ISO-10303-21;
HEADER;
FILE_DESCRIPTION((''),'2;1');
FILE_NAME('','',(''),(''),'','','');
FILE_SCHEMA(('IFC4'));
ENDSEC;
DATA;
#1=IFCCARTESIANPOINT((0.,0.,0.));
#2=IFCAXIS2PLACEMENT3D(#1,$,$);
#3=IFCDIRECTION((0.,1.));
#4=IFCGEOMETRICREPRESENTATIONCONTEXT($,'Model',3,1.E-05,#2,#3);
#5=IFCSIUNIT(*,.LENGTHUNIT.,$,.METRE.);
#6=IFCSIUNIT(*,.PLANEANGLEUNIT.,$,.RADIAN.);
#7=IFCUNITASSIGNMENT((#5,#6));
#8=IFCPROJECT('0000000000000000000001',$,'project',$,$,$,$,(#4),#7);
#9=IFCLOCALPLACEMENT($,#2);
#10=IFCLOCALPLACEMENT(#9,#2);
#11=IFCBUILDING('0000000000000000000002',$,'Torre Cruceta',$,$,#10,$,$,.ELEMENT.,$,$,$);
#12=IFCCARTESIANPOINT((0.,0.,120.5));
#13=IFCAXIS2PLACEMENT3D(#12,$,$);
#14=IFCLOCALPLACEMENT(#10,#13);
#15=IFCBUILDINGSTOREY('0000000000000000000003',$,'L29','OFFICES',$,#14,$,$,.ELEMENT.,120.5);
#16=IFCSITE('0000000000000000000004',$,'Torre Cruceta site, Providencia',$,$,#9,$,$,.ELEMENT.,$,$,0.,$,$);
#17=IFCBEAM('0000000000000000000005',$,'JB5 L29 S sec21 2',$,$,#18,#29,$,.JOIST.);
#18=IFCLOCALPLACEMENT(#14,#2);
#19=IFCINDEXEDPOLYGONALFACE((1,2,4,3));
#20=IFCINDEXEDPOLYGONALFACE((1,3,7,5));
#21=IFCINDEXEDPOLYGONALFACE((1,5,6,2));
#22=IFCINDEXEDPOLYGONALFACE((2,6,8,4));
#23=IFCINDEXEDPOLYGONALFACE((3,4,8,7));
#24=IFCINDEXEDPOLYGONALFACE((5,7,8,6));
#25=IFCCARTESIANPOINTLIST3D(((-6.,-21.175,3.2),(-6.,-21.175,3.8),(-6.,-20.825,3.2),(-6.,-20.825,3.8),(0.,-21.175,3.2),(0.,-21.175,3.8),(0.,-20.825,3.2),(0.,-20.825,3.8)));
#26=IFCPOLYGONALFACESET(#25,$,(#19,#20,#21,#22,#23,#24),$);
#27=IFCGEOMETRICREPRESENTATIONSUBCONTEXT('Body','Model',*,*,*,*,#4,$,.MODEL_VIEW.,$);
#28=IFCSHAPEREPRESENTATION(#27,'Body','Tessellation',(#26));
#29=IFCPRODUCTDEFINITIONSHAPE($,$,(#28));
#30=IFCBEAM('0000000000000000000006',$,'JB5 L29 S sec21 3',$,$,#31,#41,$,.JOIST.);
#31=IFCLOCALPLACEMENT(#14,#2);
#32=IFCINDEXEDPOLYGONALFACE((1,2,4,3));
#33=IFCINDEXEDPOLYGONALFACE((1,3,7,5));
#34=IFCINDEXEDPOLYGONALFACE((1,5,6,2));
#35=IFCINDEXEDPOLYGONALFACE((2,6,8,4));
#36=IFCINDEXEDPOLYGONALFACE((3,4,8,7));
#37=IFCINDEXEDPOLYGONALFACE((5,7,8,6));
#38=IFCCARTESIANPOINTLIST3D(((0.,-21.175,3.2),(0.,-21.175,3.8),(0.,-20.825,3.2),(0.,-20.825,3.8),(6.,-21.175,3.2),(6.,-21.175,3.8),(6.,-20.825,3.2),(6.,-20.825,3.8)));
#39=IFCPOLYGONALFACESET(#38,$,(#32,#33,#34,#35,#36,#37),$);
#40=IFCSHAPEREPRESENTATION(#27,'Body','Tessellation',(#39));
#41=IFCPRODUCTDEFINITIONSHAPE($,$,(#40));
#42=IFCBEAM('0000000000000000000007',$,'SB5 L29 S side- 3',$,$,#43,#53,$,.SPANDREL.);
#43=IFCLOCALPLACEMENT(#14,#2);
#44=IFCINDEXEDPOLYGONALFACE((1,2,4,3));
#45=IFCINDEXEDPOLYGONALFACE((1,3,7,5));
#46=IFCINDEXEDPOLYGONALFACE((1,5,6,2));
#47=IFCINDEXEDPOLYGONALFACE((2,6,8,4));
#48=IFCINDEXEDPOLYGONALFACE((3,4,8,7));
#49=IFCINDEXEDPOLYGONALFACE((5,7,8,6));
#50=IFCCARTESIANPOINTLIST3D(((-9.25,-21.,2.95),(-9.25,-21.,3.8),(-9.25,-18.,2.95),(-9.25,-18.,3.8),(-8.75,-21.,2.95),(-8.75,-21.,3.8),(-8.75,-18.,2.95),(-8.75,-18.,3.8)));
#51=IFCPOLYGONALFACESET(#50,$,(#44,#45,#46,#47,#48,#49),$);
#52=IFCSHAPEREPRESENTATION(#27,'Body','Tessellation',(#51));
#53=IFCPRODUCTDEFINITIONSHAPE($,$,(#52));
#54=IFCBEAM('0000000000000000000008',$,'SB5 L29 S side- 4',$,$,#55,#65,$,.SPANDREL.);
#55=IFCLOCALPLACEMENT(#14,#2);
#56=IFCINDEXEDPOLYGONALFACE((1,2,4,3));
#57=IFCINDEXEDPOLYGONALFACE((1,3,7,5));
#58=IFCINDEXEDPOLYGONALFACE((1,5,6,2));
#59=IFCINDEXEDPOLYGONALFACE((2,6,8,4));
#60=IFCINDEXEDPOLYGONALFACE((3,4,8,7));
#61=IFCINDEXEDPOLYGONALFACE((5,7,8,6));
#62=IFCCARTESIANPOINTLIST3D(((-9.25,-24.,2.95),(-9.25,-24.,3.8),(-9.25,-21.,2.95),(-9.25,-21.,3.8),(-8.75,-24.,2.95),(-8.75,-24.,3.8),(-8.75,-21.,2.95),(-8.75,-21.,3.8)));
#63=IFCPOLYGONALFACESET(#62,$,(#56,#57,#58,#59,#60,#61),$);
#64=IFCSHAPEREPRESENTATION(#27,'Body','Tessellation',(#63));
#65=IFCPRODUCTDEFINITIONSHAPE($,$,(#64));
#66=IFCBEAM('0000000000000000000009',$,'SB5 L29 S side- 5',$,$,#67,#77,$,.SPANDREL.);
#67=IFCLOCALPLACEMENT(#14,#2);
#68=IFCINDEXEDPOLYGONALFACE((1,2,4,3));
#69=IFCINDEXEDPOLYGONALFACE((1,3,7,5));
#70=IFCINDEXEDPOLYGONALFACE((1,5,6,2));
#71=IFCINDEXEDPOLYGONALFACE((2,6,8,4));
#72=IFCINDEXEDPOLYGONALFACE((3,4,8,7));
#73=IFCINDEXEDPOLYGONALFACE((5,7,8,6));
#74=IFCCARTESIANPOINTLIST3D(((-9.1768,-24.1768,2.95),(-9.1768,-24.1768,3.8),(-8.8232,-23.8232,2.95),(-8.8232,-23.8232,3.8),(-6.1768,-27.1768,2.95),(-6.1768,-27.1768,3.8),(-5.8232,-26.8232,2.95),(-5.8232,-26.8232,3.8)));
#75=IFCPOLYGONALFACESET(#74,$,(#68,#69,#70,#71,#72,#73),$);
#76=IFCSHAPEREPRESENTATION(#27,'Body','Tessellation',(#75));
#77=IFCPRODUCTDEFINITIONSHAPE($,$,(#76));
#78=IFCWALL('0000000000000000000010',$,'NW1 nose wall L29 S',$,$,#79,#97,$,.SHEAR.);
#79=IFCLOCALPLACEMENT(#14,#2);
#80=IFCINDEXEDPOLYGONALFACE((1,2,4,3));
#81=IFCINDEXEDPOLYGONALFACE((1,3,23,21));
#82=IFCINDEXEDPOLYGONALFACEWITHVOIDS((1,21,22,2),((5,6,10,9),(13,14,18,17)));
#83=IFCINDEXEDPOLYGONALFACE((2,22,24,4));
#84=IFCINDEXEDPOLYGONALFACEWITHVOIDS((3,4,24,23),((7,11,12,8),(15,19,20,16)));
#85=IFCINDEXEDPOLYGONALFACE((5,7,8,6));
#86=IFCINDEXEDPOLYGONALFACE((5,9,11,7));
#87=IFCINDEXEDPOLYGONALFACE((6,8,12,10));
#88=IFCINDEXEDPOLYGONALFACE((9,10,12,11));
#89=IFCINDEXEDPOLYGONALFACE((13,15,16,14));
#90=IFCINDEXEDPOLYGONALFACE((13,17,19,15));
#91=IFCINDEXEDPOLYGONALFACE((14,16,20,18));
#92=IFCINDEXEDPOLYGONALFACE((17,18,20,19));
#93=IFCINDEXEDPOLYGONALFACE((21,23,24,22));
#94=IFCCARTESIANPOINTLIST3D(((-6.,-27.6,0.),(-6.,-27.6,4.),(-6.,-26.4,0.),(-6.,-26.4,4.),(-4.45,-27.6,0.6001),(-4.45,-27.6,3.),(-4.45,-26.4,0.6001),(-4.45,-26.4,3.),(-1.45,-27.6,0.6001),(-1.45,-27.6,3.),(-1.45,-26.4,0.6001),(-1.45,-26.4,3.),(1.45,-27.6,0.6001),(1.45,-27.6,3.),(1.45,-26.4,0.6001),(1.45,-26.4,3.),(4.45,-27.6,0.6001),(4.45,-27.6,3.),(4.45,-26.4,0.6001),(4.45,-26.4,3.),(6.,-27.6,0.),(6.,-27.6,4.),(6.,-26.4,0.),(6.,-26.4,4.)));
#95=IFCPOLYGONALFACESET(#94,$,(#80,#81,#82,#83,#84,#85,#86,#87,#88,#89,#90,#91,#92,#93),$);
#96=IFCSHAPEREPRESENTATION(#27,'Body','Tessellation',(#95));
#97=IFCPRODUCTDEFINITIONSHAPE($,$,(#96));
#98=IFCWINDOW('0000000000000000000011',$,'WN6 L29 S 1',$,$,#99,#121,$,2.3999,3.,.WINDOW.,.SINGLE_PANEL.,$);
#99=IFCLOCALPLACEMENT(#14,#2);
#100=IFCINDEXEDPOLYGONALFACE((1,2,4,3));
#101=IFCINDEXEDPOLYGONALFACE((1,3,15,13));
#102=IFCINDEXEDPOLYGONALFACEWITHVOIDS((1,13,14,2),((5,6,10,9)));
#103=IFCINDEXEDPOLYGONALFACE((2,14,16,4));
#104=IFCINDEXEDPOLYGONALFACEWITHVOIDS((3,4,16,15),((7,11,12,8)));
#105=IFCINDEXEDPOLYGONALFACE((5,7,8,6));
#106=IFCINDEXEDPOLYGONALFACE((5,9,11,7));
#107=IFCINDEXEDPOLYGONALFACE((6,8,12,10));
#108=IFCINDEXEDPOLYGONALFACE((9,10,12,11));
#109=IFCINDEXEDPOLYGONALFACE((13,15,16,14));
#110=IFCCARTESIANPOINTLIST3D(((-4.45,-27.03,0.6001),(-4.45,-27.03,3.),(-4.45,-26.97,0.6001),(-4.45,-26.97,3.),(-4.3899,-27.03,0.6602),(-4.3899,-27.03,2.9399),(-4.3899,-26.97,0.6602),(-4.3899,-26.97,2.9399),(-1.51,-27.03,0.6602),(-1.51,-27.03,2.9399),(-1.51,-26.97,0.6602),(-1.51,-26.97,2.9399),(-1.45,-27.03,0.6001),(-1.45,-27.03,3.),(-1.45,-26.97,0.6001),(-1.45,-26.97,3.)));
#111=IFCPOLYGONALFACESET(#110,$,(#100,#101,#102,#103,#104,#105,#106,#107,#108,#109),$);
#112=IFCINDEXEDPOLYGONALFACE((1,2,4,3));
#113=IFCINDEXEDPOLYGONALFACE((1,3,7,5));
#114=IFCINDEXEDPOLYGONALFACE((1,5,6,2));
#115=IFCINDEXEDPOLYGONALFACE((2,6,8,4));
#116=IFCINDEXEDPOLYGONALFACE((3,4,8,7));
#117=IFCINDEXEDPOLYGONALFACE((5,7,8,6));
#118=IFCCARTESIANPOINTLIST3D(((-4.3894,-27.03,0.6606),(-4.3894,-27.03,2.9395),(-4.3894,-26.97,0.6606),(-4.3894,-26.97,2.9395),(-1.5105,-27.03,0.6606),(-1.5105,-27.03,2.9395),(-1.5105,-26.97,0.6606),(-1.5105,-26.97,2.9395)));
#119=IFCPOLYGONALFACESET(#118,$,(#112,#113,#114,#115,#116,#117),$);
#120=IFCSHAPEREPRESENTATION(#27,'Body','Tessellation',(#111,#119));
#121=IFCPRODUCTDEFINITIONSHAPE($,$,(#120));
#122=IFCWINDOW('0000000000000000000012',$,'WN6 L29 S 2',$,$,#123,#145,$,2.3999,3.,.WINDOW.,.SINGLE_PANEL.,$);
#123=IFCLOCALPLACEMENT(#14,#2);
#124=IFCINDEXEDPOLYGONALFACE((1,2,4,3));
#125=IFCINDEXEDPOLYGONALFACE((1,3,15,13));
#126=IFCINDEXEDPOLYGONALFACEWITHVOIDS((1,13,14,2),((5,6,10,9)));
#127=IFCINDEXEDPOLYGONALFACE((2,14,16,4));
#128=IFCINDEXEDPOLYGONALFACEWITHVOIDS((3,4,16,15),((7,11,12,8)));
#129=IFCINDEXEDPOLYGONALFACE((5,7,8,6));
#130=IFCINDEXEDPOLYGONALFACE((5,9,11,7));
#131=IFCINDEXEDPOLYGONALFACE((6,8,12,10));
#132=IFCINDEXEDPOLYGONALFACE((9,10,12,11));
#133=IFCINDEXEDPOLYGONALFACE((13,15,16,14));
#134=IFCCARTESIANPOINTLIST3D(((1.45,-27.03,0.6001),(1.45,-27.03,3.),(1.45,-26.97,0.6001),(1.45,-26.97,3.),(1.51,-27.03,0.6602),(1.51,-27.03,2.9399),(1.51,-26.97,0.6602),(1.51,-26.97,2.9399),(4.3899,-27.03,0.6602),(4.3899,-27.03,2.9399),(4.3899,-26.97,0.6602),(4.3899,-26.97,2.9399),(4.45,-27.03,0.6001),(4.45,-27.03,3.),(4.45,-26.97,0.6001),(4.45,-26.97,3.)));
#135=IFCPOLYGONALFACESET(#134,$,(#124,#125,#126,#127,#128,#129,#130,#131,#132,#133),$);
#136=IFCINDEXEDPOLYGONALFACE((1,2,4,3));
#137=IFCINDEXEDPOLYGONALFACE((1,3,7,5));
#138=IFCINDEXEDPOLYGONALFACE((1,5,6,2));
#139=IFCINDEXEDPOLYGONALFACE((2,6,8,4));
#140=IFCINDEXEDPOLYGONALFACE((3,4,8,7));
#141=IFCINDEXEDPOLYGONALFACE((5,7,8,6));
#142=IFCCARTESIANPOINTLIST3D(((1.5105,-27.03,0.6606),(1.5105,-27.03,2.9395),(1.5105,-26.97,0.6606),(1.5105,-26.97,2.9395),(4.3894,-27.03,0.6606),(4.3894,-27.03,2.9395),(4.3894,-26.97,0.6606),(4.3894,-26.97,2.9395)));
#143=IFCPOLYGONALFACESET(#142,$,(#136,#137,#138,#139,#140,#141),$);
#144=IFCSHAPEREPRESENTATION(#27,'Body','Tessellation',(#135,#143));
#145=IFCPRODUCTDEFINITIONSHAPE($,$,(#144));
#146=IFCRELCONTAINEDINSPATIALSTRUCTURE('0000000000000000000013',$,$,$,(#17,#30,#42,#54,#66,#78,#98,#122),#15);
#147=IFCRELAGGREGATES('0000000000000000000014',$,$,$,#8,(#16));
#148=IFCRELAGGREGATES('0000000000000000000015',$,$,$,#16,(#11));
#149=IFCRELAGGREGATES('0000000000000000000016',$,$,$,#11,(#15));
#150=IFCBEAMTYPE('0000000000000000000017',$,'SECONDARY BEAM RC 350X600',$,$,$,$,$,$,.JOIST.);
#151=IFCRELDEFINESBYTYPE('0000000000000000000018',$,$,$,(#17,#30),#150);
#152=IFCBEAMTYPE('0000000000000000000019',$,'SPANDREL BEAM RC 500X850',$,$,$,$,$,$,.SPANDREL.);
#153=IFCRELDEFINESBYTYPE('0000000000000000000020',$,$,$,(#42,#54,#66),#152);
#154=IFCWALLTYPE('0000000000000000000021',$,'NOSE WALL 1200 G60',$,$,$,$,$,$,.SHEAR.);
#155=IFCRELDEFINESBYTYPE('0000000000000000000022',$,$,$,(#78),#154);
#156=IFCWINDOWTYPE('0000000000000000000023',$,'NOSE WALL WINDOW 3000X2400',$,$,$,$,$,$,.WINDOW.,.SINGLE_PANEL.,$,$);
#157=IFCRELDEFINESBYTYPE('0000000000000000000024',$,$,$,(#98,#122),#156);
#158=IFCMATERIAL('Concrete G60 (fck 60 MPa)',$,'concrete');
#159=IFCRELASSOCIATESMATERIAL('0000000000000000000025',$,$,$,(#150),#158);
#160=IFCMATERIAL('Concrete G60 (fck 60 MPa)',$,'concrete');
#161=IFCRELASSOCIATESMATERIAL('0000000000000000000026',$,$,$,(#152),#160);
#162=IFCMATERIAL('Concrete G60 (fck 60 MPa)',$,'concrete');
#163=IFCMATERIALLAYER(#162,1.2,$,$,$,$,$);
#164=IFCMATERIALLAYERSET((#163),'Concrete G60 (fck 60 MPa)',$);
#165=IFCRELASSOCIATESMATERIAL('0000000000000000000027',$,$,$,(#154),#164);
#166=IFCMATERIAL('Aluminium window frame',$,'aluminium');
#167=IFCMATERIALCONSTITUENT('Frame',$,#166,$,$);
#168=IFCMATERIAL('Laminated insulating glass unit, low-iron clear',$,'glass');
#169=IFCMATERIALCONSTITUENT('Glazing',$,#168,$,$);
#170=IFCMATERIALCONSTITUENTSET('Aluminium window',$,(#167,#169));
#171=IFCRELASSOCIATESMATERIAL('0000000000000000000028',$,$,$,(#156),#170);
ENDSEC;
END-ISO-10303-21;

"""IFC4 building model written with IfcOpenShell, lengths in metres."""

from ifc_helpers import new_model, si_unit, direction, frame, frame_2d, origin, origin_2d, place, context, subcontext, project, spatial, rectangle, hollow_rectangle, extrude, material, layer, layer_set, constituent, constituent_set, material_profile, profile_set, type_object, element, fill, save


model = new_model("IFC4")

# Units and contexts
model_context = context("Model", 3, precision=1e-05, world=origin(), true_north=direction((0.0, 1.0)))
body_context = subcontext(model_context, "Body", "Model", "MODEL_VIEW")
ifc_project = project(units=[si_unit("LENGTHUNIT", "METRE"), si_unit("PLANEANGLEUNIT", "RADIAN")], contexts=[model_context])

# Site, building, storey
site_placement = place(None, origin())
site = spatial("IfcSite", under=ifc_project, at=site_placement, Name="Torre Cruceta site, Providencia", CompositionType="ELEMENT", RefElevation=0.0)
building_placement = place(site_placement, origin())
building = spatial("IfcBuilding", under=site, at=building_placement, Name="Torre Cruceta", CompositionType="ELEMENT")
storey_placement = place(building_placement, frame((0.0, 0.0, 120.5)))
storey = spatial("IfcBuildingStorey", under=building, at=storey_placement, Name="L29", Description="OFFICES", CompositionType="ELEMENT", Elevation=120.5)

# Beams
ifc_material_1 = material(Name="Concrete G60 (fck 60 MPa)", Category="concrete")
ifc_material_profile_1 = material_profile(ifc_material_1, rectangle(XDim=0.3501, YDim=0.6001, at=origin_2d()), Name="RC 350X600")
ifc_profile_set_1 = profile_set([ifc_material_profile_1], Name="Concrete G60 (fck 60 MPa)")
beam_type_1 = type_object("IfcBeamType", Name="SECONDARY BEAM RC 350X600", PredefinedType="JOIST", material=ifc_profile_set_1)
for number, where, z_axis, x_axis, name in (
    (1, (-6.0, -21.0, 3.5), (1.0, 0.0, 0.0), (0.0, 1.0, 0.0), "JB5 L29 S sec21 2"),
    (2, (0.0, -21.0, 3.5), (1.0, 0.0, 0.0), (0.0, 1.0, 0.0), "JB5 L29 S sec21 3"),
):
    element("IfcBeam", number, at=place(storey_placement, frame(where, z_axis=z_axis, x_axis=x_axis)), inside=storey, type_object=beam_type_1, Name=name, PredefinedType="JOIST", context=body_context, shape_type="SweptSolid", body=[
        extrude(rectangle(XDim=0.3501, YDim=0.6001, at=origin_2d()), origin(), (0.0, 0.0, 1.0), 6.0),
    ])
ifc_material_2 = material(Name="Concrete G60 (fck 60 MPa)", Category="concrete")
ifc_material_profile_2 = material_profile(ifc_material_2, rectangle(XDim=0.5, YDim=0.8501, at=origin_2d()), Name="RC 500X850")
ifc_profile_set_2 = profile_set([ifc_material_profile_2], Name="Concrete G60 (fck 60 MPa)")
beam_type_2 = type_object("IfcBeamType", Name="SPANDREL BEAM RC 500X850", PredefinedType="SPANDREL", material=ifc_profile_set_2)
for number, where, z_axis, x_axis, name in (
    (3, (-9.0, -18.0, 3.375), (0.0, -1.0, 0.0), (1.0, 0.0, 0.0), "SB5 L29 S side- 3"),
    (4, (-9.0, -21.0, 3.375), (0.0, -1.0, 0.0), (1.0, 0.0, 0.0), "SB5 L29 S side- 4"),
):
    element("IfcBeam", number, at=place(storey_placement, frame(where, z_axis=z_axis, x_axis=x_axis)), inside=storey, type_object=beam_type_2, Name=name, PredefinedType="SPANDREL", context=body_context, shape_type="SweptSolid", body=[
        extrude(rectangle(XDim=0.5, YDim=0.8501, at=origin_2d()), origin(), (0.0, 0.0, 1.0), 3.0),
    ])
beam_1_placement = place(storey_placement, frame((-9.0, -24.0, 3.375), z_axis=(0.707107, -0.707107, 0.0), x_axis=(0.707107, 0.707107, 0.0)))
element("IfcBeam", 5, at=beam_1_placement, inside=storey, type_object=beam_type_2, Name="SB5 L29 S side- 5", PredefinedType="SPANDREL", context=body_context, shape_type="SweptSolid", body=[
    extrude(rectangle(XDim=0.5, YDim=0.8501, at=origin_2d()), origin(), (0.0, 0.0, 1.0), 4.2427),
])

# Wall, openings, windows
ifc_material_3 = material(Name="Concrete G60 (fck 60 MPa)", Category="concrete")
ifc_layer = layer(ifc_material_3, 1.2)
ifc_layer_set = layer_set([ifc_layer], Name="Concrete G60 (fck 60 MPa)")
wall_type = type_object("IfcWallType", Name="NOSE WALL 1200 G60", PredefinedType="SHEAR", material=ifc_layer_set)
wall_placement = place(storey_placement, frame((-6.0, -27.0, 0.0), z_axis=(0.0, 0.0, 1.0), x_axis=(1.0, 0.0, 0.0)))
wall = element("IfcWall", 6, at=wall_placement, inside=storey, type_object=wall_type, Name="NW1 nose wall L29 S", PredefinedType="SHEAR", context=body_context, shape_type="SweptSolid", body=[
    extrude(rectangle(XDim=12.0, YDim=1.2, at=frame_2d((6.0, 0.0))), origin(), (0.0, 0.0, 1.0), 4.0),
])
opening_1_placement = place(wall_placement, frame((1.55, 0.0, 0.6001)))
opening_1 = element("IfcOpeningElement", 7, at=opening_1_placement, cuts=wall, PredefinedType="OPENING", context=body_context, shape_type="SweptSolid", body=[
    extrude(rectangle(XDim=3.0, YDim=2.3999, at=frame_2d((1.5, 1.2))), frame((0.0, 0.6099, 0.0), z_axis=(0.0, -1.0, 0.0), x_axis=(1.0, 0.0, 0.0)), (0.0, 0.0, 1.0), 1.22),
])
opening_2_placement = place(wall_placement, frame((7.45, 0.0, 0.6001)))
opening_2 = element("IfcOpeningElement", 8, at=opening_2_placement, cuts=wall, PredefinedType="OPENING", context=body_context, shape_type="SweptSolid", body=[
    extrude(rectangle(XDim=3.0, YDim=2.3999, at=frame_2d((1.5, 1.2))), frame((0.0, 0.6099, 0.0), z_axis=(0.0, -1.0, 0.0), x_axis=(1.0, 0.0, 0.0)), (0.0, 0.0, 1.0), 1.22),
])
ifc_material_4 = material(Name="Aluminium window frame", Category="aluminium")
ifc_constituent_1 = constituent(ifc_material_4, Name="Frame")
ifc_material_5 = material(Name="Laminated insulating glass unit, low-iron clear", Category="glass")
ifc_constituent_2 = constituent(ifc_material_5, Name="Glazing")
ifc_constituent_set = constituent_set(constituents=[ifc_constituent_1, ifc_constituent_2], Name="Aluminium window")
window_type = type_object("IfcWindowType", Name="NOSE WALL WINDOW 3000X2400", PartitioningType="SINGLE_PANEL", PredefinedType="WINDOW", material=ifc_constituent_set)
window_1_placement = place(opening_1_placement, origin())
window_1 = element("IfcWindow", 9, at=window_1_placement, inside=storey, type_object=window_type, Name="WN6 L29 S 1", OverallHeight=2.3999, OverallWidth=3.0, PartitioningType="SINGLE_PANEL", PredefinedType="WINDOW", context=body_context, shape_type="SweptSolid", body=[
    extrude(hollow_rectangle(XDim=3.0, YDim=2.3999, WallThickness=0.0601, at=frame_2d((1.5, 1.2))), frame((0.0, 0.03, 0.0), z_axis=(0.0, -1.0, 0.0), x_axis=(1.0, 0.0, 0.0)), (0.0, 0.0, 1.0), 0.0601),
    extrude(rectangle(XDim=2.8789, YDim=2.2788, at=frame_2d((1.5, 1.2))), frame((0.0, 0.03, 0.0), z_axis=(0.0, -1.0, 0.0), x_axis=(1.0, 0.0, 0.0)), (0.0, 0.0, 1.0), 0.0601),
])
fill(opening_1, window_1)
window_2_placement = place(opening_2_placement, origin())
window_2 = element("IfcWindow", 10, at=window_2_placement, inside=storey, type_object=window_type, Name="WN6 L29 S 2", OverallHeight=2.3999, OverallWidth=3.0, PartitioningType="SINGLE_PANEL", PredefinedType="WINDOW", context=body_context, shape_type="SweptSolid", body=[
    extrude(hollow_rectangle(XDim=3.0, YDim=2.3999, WallThickness=0.0601, at=frame_2d((1.5, 1.2))), frame((0.0, 0.03, 0.0), z_axis=(0.0, -1.0, 0.0), x_axis=(1.0, 0.0, 0.0)), (0.0, 0.0, 1.0), 0.0601),
    extrude(rectangle(XDim=2.8789, YDim=2.2788, at=frame_2d((1.5, 1.2))), frame((0.0, 0.03, 0.0), z_axis=(0.0, -1.0, 0.0), x_axis=(1.0, 0.0, 0.0)), (0.0, 0.0, 1.0), 0.0601),
])
fill(opening_2, window_2)

save(model, "model.ifc")
